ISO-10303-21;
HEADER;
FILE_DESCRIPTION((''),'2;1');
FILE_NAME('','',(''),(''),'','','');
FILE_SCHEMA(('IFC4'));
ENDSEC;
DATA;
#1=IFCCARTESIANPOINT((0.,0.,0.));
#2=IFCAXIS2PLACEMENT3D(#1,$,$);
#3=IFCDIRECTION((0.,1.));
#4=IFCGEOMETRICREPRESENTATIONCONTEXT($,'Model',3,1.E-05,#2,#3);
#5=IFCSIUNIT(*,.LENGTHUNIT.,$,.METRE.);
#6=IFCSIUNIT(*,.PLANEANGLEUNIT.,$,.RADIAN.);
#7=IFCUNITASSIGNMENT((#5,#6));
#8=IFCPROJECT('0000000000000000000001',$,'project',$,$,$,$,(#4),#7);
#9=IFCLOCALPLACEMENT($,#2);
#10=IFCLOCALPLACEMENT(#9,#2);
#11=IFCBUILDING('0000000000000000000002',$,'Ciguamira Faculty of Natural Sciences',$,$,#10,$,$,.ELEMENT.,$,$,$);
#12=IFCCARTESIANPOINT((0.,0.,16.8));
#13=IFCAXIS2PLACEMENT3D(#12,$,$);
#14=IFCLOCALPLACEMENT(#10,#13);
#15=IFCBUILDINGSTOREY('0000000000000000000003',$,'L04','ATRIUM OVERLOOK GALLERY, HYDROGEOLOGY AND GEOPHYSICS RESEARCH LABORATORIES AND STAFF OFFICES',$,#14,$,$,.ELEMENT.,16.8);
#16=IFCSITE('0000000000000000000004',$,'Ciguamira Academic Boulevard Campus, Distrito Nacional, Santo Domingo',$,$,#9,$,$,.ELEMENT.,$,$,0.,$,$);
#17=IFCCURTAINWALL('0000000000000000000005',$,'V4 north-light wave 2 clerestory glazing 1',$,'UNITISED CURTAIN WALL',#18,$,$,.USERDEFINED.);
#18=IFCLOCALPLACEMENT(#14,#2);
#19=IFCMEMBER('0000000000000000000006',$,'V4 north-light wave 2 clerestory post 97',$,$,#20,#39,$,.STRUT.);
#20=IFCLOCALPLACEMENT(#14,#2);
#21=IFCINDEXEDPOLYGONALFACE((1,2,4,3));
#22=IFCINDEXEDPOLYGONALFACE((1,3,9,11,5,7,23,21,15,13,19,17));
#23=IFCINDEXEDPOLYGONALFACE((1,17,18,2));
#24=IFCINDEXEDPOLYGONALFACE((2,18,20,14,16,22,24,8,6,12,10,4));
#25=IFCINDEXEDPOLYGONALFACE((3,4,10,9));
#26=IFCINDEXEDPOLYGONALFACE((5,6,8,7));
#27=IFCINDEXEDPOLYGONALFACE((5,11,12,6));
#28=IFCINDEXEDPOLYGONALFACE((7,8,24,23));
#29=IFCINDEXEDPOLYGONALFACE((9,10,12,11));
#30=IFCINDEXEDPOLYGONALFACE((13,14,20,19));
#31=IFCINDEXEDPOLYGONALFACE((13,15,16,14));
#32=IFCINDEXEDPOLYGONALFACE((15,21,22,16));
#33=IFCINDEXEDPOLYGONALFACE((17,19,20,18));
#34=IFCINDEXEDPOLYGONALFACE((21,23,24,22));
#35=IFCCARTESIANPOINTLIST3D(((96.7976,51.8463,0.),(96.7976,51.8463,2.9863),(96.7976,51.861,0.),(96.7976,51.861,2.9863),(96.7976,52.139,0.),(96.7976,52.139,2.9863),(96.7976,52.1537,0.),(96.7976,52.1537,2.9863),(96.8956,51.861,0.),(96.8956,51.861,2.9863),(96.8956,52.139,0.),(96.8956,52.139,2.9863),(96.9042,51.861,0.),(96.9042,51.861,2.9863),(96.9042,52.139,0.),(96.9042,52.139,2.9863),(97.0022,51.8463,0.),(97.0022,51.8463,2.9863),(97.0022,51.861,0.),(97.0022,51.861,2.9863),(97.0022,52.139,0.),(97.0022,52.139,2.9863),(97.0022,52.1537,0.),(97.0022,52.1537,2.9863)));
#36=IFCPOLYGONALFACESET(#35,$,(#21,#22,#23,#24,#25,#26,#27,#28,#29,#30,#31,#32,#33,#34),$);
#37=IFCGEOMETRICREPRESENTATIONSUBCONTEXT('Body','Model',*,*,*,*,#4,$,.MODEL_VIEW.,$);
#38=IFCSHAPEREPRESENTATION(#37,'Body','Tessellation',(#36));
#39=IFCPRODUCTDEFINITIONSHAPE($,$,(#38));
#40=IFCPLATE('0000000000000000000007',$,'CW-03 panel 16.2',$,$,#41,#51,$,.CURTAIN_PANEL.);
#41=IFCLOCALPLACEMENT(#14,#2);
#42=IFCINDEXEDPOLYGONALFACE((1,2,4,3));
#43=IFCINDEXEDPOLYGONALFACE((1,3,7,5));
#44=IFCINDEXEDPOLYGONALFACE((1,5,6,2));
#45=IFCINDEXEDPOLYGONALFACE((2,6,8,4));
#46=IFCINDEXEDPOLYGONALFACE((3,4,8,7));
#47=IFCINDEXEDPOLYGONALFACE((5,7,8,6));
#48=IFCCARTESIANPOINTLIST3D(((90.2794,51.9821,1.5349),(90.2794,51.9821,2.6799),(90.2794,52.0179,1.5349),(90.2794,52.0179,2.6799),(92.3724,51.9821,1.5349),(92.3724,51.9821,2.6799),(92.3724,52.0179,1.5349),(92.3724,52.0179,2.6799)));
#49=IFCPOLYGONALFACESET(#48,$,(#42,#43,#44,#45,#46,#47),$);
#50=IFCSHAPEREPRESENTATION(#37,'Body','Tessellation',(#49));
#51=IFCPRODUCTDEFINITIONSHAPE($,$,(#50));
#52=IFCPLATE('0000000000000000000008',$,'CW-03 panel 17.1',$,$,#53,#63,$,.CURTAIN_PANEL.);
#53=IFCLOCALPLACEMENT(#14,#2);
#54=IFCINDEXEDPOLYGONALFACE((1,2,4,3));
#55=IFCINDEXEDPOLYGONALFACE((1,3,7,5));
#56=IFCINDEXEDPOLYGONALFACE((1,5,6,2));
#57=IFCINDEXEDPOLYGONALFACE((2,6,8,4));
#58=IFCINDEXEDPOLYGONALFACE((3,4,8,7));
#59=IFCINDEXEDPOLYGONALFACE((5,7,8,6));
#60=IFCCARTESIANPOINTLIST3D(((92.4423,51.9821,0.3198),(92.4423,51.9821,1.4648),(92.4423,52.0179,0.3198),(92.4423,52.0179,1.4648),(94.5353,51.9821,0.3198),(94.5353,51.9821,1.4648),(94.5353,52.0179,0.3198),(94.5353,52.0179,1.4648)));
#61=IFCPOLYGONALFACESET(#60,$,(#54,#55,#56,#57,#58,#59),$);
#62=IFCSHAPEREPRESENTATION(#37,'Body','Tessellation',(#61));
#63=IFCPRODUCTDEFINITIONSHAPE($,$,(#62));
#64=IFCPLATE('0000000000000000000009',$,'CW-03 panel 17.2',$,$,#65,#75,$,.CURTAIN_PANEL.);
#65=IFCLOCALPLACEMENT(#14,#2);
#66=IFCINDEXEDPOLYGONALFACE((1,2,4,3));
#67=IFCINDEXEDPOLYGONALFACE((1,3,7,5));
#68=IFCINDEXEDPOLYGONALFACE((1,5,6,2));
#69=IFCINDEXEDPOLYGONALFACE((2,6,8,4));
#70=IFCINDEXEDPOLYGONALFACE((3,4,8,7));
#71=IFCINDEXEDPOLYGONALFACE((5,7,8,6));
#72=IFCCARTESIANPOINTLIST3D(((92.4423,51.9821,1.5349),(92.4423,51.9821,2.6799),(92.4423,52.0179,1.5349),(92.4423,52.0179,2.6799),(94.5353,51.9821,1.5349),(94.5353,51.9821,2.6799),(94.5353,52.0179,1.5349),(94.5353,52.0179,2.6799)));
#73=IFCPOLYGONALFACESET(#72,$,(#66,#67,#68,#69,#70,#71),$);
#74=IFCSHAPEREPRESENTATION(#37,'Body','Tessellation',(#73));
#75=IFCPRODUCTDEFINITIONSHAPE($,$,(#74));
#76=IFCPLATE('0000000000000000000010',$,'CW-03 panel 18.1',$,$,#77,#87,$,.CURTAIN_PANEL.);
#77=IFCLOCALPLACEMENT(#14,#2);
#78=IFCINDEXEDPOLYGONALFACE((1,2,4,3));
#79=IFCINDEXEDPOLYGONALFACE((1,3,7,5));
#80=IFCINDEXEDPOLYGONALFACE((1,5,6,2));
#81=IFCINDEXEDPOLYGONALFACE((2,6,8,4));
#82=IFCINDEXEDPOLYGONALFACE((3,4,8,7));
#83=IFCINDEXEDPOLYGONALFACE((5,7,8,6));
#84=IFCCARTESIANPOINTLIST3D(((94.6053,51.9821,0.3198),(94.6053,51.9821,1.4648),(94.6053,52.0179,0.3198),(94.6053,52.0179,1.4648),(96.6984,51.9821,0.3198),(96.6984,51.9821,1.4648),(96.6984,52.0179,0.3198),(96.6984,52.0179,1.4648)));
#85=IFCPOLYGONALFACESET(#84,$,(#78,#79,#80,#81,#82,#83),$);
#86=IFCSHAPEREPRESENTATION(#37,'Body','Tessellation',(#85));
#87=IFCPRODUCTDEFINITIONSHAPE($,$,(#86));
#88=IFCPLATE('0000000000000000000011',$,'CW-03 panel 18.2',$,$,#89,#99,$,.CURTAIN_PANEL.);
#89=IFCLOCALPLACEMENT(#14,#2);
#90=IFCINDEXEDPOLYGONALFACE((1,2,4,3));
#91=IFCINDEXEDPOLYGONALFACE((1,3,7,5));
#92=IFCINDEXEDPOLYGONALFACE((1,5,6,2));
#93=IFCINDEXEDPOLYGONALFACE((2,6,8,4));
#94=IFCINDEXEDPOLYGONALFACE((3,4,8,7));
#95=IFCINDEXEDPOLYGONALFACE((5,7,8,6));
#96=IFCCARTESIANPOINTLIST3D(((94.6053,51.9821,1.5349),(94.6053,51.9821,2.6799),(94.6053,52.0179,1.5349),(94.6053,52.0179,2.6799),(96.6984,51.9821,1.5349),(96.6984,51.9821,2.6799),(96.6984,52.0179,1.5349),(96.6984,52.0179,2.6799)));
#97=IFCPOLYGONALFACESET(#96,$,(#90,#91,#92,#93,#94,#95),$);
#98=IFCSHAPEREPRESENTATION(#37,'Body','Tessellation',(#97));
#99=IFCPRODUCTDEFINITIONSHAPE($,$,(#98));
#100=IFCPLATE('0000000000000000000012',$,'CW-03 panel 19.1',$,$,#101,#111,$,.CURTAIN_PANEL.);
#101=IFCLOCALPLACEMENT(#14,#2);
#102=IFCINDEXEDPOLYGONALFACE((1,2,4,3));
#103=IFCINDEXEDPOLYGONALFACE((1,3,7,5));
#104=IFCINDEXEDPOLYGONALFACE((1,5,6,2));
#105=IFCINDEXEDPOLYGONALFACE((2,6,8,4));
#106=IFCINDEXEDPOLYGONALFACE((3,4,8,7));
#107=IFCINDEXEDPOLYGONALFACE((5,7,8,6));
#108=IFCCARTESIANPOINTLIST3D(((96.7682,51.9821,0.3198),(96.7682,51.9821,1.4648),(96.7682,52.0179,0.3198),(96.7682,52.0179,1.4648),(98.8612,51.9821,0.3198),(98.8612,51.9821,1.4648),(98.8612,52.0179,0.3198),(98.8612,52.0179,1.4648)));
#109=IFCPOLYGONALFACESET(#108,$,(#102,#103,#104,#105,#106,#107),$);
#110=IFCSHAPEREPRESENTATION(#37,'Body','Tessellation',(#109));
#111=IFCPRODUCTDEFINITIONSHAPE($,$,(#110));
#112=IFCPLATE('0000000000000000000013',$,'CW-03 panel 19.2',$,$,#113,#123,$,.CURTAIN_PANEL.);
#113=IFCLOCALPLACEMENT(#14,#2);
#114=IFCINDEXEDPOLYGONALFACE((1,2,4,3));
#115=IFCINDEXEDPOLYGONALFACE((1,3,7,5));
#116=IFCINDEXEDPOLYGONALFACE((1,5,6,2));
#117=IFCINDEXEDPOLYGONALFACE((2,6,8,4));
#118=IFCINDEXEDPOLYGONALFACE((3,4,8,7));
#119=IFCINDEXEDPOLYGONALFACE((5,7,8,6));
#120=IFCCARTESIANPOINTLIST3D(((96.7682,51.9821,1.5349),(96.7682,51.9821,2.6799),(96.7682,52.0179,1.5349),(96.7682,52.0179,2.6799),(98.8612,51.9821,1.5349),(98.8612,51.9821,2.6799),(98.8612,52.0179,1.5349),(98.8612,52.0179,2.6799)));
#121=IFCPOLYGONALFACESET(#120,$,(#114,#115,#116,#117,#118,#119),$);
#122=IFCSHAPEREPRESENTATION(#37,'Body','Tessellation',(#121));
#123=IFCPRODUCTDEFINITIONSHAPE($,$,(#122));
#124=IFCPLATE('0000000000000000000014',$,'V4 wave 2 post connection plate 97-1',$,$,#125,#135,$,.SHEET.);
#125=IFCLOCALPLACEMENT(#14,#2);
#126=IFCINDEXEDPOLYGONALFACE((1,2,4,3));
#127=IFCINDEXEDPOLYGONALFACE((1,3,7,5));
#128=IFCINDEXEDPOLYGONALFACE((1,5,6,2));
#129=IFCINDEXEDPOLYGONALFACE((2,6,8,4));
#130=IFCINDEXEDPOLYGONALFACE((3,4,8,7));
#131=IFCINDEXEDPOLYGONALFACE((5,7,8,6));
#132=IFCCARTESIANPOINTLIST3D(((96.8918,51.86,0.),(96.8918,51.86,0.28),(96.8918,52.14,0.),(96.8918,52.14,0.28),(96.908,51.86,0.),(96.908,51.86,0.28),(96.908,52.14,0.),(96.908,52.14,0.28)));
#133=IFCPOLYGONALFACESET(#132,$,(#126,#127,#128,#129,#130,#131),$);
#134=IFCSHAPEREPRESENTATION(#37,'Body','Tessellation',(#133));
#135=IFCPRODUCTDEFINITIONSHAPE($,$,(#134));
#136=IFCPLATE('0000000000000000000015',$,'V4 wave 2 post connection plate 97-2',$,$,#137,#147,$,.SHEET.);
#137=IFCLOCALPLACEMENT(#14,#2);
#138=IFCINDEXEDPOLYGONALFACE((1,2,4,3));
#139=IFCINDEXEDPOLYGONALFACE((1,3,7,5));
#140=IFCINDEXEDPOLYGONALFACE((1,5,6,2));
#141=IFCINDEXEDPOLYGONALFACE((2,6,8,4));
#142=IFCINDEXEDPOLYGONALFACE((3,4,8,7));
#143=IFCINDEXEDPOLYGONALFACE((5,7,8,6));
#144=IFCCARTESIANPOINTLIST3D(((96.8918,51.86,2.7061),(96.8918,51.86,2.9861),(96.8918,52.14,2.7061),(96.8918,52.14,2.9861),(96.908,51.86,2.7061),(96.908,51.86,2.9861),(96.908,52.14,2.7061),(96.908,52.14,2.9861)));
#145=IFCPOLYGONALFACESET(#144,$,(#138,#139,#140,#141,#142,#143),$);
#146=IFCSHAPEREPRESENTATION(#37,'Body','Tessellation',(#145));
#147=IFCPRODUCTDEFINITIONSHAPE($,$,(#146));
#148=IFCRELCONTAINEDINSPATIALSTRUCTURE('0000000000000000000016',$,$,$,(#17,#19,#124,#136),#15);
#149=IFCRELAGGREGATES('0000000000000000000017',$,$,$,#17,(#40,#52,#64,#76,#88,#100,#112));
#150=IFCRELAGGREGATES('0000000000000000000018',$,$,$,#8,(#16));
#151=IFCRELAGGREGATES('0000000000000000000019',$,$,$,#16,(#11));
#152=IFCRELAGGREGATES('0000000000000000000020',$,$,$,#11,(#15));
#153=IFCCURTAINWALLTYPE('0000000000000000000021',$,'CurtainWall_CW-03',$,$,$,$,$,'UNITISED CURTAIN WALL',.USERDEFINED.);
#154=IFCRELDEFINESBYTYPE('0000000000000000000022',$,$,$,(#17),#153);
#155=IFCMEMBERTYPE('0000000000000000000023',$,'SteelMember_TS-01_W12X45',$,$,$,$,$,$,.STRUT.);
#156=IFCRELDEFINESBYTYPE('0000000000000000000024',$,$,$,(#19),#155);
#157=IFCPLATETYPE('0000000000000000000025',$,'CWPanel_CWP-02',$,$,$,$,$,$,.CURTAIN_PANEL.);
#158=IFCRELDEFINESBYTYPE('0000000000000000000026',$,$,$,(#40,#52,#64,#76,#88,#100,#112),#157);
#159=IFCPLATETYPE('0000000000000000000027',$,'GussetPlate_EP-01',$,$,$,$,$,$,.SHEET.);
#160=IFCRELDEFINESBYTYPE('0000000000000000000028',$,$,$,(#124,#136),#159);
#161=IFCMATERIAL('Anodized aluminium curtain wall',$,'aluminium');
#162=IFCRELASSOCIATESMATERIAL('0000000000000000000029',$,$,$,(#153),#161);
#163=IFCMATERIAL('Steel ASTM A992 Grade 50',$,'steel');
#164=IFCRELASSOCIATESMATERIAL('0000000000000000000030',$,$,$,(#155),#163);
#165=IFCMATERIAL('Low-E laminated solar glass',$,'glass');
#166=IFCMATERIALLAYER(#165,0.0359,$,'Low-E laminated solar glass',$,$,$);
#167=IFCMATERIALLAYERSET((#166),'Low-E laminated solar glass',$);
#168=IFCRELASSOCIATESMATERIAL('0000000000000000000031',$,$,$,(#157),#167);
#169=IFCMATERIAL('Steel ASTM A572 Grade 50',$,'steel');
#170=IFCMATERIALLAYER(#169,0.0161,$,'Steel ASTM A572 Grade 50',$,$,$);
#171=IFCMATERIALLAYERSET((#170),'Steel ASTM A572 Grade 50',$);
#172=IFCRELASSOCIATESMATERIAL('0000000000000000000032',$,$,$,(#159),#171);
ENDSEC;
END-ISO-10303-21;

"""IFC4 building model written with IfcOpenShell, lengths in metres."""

from ifc_helpers import new_model, si_unit, direction, frame, origin, origin_2d, place, context, subcontext, project, spatial, rectangle, i_section, extrude, material, layer, layer_set, material_profile, profile_set, type_object, element, aggregate, save


model = new_model("IFC4")

# Units and contexts
model_context = context("Model", 3, precision=1e-05, world=origin(), true_north=direction((0.0, 1.0)))
body_context = subcontext(model_context, "Body", "Model", "MODEL_VIEW")
ifc_project = project(units=[si_unit("LENGTHUNIT", "METRE"), si_unit("PLANEANGLEUNIT", "RADIAN")], contexts=[model_context])

# Site, building, storey
site_placement = place(None, origin())
site = spatial("IfcSite", under=ifc_project, at=site_placement, Name="Ciguamira Academic Boulevard Campus, Distrito Nacional, Santo Domingo", CompositionType="ELEMENT", RefElevation=0.0)
building_placement = place(site_placement, origin())
building = spatial("IfcBuilding", under=site, at=building_placement, Name="Ciguamira Faculty of Natural Sciences", CompositionType="ELEMENT")
storey_placement = place(building_placement, frame((0.0, 0.0, 16.8)))
storey = spatial("IfcBuildingStorey", under=building, at=storey_placement, Name="L04", Description="ATRIUM OVERLOOK GALLERY, HYDROGEOLOGY AND GEOPHYSICS RESEARCH LABORATORIES AND STAFF OFFICES", CompositionType="ELEMENT", Elevation=16.8)

# Curtain wall
ifc_material_1 = material(Name="Anodized aluminium curtain wall", Category="aluminium")
curtain_wall_type = type_object("IfcCurtainWallType", Name="CurtainWall_CW-03", ElementType="UNITISED CURTAIN WALL", PredefinedType="USERDEFINED", material=ifc_material_1)
curtain_wall_placement = place(storey_placement, origin())
curtain_wall = element("IfcCurtainWall", 1, at=curtain_wall_placement, inside=storey, type_object=curtain_wall_type, Name="V4 north-light wave 2 clerestory glazing 1", ObjectType="UNITISED CURTAIN WALL", PredefinedType="USERDEFINED")

# Member
ifc_material_2 = material(Name="Steel ASTM A992 Grade 50", Category="steel")
ifc_material_profile_1 = material_profile(ifc_material_2, i_section(OverallWidth=0.2046, OverallDepth=0.3074, WebThickness=0.0085, FlangeThickness=0.0146, at=origin_2d()), Name="W12X45")
ifc_profile_set_1 = profile_set([ifc_material_profile_1], Name="Steel ASTM A992 Grade 50")
member_type_1 = type_object("IfcMemberType", Name="SteelMember_TS-01_W12X45", PredefinedType="STRUT", material=ifc_profile_set_1)
member_1_placement = place(storey_placement, frame((96.8999, 52.0, 0.0), z_axis=(0.0, 0.0, 1.0), x_axis=(1.0, 0.0, 0.0)))
element("IfcMember", 2, at=member_1_placement, inside=storey, type_object=member_type_1, Name="V4 north-light wave 2 clerestory post 97", PredefinedType="STRUT", context=body_context, shape_type="SweptSolid", body=[
    extrude(i_section(OverallWidth=0.2046, OverallDepth=0.3074, WebThickness=0.0085, FlangeThickness=0.0146, at=origin_2d()), origin(), (0.0, 0.0, 1.0), 2.9863),
])

# Plates
ifc_material_3 = material(Name="Low-E laminated solar glass", Category="glass")
ifc_layer_1 = layer(ifc_material_3, 0.0359, Name="Low-E laminated solar glass")
ifc_layer_set_1 = layer_set([ifc_layer_1], Name="Low-E laminated solar glass")
plate_type_1 = type_object("IfcPlateType", Name="CWPanel_CWP-02", PredefinedType="CURTAIN_PANEL", material=ifc_layer_set_1)
plate_1_placement = place(storey_placement, frame((91.3259, 52.0, 1.5349), z_axis=(0.0, 0.0, 1.0), x_axis=(1.0, 0.0, 0.0)))
plate_1 = element("IfcPlate", 3, at=plate_1_placement, type_object=plate_type_1, Name="CW-03 panel 16.2", PredefinedType="CURTAIN_PANEL", context=body_context, shape_type="SweptSolid", body=[
    extrude(rectangle(XDim=2.093, YDim=0.0359, at=origin_2d()), origin(), (0.0, 0.0, 1.0), 1.145),
])
plate_2_placement = place(storey_placement, frame((93.4888, 52.0, 0.3198), z_axis=(0.0, 0.0, 1.0), x_axis=(1.0, 0.0, 0.0)))
plate_2 = element("IfcPlate", 4, at=plate_2_placement, type_object=plate_type_1, Name="CW-03 panel 17.1", PredefinedType="CURTAIN_PANEL", context=body_context, shape_type="SweptSolid", body=[
    extrude(rectangle(XDim=2.093, YDim=0.0359, at=origin_2d()), origin(), (0.0, 0.0, 1.0), 1.145),
])
plate_3_placement = place(storey_placement, frame((93.4888, 52.0, 1.5349), z_axis=(0.0, 0.0, 1.0), x_axis=(1.0, 0.0, 0.0)))
plate_3 = element("IfcPlate", 5, at=plate_3_placement, type_object=plate_type_1, Name="CW-03 panel 17.2", PredefinedType="CURTAIN_PANEL", context=body_context, shape_type="SweptSolid", body=[
    extrude(rectangle(XDim=2.093, YDim=0.0359, at=origin_2d()), origin(), (0.0, 0.0, 1.0), 1.145),
])
plate_4_placement = place(storey_placement, frame((95.6519, 52.0, 0.3198), z_axis=(0.0, 0.0, 1.0), x_axis=(1.0, 0.0, 0.0)))
plate_4 = element("IfcPlate", 6, at=plate_4_placement, type_object=plate_type_1, Name="CW-03 panel 18.1", PredefinedType="CURTAIN_PANEL", context=body_context, shape_type="SweptSolid", body=[
    extrude(rectangle(XDim=2.093, YDim=0.0359, at=origin_2d()), origin(), (0.0, 0.0, 1.0), 1.145),
])
plate_5_placement = place(storey_placement, frame((95.6519, 52.0, 1.5349), z_axis=(0.0, 0.0, 1.0), x_axis=(1.0, 0.0, 0.0)))
plate_5 = element("IfcPlate", 7, at=plate_5_placement, type_object=plate_type_1, Name="CW-03 panel 18.2", PredefinedType="CURTAIN_PANEL", context=body_context, shape_type="SweptSolid", body=[
    extrude(rectangle(XDim=2.093, YDim=0.0359, at=origin_2d()), origin(), (0.0, 0.0, 1.0), 1.145),
])
plate_6_placement = place(storey_placement, frame((97.8147, 52.0, 0.3198), z_axis=(0.0, 0.0, 1.0), x_axis=(1.0, 0.0, 0.0)))
plate_6 = element("IfcPlate", 8, at=plate_6_placement, type_object=plate_type_1, Name="CW-03 panel 19.1", PredefinedType="CURTAIN_PANEL", context=body_context, shape_type="SweptSolid", body=[
    extrude(rectangle(XDim=2.093, YDim=0.0359, at=origin_2d()), origin(), (0.0, 0.0, 1.0), 1.145),
])
plate_7_placement = place(storey_placement, frame((97.8147, 52.0, 1.5349), z_axis=(0.0, 0.0, 1.0), x_axis=(1.0, 0.0, 0.0)))
plate_7 = element("IfcPlate", 9, at=plate_7_placement, type_object=plate_type_1, Name="CW-03 panel 19.2", PredefinedType="CURTAIN_PANEL", context=body_context, shape_type="SweptSolid", body=[
    extrude(rectangle(XDim=2.093, YDim=0.0359, at=origin_2d()), origin(), (0.0, 0.0, 1.0), 1.145),
])
aggregate(curtain_wall, [plate_1, plate_2, plate_3, plate_4, plate_5, plate_6, plate_7])

# Plates
ifc_material_4 = material(Name="Steel ASTM A572 Grade 50", Category="steel")
ifc_layer_2 = layer(ifc_material_4, 0.0161, Name="Steel ASTM A572 Grade 50")
ifc_layer_set_2 = layer_set([ifc_layer_2], Name="Steel ASTM A572 Grade 50")
plate_type_2 = type_object("IfcPlateType", Name="GussetPlate_EP-01", PredefinedType="SHEET", material=ifc_layer_set_2)
for number, where, z_axis, x_axis, name in (
    (10, (96.8999, 52.0, 0.0), (0.0, 0.0, 1.0), (1.0, 0.0, 0.0), "V4 wave 2 post connection plate 97-1"),
    (11, (96.8999, 52.0, 2.7061), (0.0, 0.0, 1.0), (1.0, 0.0, 0.0), "V4 wave 2 post connection plate 97-2"),
):
    element("IfcPlate", number, at=place(storey_placement, frame(where, z_axis=z_axis, x_axis=x_axis)), inside=storey, type_object=plate_type_2, Name=name, PredefinedType="SHEET", context=body_context, shape_type="SweptSolid", body=[
        extrude(rectangle(XDim=0.0161, YDim=0.28, at=origin_2d()), origin(), (0.0, 0.0, 1.0), 0.28),
    ])

save(model, "model.ifc")
